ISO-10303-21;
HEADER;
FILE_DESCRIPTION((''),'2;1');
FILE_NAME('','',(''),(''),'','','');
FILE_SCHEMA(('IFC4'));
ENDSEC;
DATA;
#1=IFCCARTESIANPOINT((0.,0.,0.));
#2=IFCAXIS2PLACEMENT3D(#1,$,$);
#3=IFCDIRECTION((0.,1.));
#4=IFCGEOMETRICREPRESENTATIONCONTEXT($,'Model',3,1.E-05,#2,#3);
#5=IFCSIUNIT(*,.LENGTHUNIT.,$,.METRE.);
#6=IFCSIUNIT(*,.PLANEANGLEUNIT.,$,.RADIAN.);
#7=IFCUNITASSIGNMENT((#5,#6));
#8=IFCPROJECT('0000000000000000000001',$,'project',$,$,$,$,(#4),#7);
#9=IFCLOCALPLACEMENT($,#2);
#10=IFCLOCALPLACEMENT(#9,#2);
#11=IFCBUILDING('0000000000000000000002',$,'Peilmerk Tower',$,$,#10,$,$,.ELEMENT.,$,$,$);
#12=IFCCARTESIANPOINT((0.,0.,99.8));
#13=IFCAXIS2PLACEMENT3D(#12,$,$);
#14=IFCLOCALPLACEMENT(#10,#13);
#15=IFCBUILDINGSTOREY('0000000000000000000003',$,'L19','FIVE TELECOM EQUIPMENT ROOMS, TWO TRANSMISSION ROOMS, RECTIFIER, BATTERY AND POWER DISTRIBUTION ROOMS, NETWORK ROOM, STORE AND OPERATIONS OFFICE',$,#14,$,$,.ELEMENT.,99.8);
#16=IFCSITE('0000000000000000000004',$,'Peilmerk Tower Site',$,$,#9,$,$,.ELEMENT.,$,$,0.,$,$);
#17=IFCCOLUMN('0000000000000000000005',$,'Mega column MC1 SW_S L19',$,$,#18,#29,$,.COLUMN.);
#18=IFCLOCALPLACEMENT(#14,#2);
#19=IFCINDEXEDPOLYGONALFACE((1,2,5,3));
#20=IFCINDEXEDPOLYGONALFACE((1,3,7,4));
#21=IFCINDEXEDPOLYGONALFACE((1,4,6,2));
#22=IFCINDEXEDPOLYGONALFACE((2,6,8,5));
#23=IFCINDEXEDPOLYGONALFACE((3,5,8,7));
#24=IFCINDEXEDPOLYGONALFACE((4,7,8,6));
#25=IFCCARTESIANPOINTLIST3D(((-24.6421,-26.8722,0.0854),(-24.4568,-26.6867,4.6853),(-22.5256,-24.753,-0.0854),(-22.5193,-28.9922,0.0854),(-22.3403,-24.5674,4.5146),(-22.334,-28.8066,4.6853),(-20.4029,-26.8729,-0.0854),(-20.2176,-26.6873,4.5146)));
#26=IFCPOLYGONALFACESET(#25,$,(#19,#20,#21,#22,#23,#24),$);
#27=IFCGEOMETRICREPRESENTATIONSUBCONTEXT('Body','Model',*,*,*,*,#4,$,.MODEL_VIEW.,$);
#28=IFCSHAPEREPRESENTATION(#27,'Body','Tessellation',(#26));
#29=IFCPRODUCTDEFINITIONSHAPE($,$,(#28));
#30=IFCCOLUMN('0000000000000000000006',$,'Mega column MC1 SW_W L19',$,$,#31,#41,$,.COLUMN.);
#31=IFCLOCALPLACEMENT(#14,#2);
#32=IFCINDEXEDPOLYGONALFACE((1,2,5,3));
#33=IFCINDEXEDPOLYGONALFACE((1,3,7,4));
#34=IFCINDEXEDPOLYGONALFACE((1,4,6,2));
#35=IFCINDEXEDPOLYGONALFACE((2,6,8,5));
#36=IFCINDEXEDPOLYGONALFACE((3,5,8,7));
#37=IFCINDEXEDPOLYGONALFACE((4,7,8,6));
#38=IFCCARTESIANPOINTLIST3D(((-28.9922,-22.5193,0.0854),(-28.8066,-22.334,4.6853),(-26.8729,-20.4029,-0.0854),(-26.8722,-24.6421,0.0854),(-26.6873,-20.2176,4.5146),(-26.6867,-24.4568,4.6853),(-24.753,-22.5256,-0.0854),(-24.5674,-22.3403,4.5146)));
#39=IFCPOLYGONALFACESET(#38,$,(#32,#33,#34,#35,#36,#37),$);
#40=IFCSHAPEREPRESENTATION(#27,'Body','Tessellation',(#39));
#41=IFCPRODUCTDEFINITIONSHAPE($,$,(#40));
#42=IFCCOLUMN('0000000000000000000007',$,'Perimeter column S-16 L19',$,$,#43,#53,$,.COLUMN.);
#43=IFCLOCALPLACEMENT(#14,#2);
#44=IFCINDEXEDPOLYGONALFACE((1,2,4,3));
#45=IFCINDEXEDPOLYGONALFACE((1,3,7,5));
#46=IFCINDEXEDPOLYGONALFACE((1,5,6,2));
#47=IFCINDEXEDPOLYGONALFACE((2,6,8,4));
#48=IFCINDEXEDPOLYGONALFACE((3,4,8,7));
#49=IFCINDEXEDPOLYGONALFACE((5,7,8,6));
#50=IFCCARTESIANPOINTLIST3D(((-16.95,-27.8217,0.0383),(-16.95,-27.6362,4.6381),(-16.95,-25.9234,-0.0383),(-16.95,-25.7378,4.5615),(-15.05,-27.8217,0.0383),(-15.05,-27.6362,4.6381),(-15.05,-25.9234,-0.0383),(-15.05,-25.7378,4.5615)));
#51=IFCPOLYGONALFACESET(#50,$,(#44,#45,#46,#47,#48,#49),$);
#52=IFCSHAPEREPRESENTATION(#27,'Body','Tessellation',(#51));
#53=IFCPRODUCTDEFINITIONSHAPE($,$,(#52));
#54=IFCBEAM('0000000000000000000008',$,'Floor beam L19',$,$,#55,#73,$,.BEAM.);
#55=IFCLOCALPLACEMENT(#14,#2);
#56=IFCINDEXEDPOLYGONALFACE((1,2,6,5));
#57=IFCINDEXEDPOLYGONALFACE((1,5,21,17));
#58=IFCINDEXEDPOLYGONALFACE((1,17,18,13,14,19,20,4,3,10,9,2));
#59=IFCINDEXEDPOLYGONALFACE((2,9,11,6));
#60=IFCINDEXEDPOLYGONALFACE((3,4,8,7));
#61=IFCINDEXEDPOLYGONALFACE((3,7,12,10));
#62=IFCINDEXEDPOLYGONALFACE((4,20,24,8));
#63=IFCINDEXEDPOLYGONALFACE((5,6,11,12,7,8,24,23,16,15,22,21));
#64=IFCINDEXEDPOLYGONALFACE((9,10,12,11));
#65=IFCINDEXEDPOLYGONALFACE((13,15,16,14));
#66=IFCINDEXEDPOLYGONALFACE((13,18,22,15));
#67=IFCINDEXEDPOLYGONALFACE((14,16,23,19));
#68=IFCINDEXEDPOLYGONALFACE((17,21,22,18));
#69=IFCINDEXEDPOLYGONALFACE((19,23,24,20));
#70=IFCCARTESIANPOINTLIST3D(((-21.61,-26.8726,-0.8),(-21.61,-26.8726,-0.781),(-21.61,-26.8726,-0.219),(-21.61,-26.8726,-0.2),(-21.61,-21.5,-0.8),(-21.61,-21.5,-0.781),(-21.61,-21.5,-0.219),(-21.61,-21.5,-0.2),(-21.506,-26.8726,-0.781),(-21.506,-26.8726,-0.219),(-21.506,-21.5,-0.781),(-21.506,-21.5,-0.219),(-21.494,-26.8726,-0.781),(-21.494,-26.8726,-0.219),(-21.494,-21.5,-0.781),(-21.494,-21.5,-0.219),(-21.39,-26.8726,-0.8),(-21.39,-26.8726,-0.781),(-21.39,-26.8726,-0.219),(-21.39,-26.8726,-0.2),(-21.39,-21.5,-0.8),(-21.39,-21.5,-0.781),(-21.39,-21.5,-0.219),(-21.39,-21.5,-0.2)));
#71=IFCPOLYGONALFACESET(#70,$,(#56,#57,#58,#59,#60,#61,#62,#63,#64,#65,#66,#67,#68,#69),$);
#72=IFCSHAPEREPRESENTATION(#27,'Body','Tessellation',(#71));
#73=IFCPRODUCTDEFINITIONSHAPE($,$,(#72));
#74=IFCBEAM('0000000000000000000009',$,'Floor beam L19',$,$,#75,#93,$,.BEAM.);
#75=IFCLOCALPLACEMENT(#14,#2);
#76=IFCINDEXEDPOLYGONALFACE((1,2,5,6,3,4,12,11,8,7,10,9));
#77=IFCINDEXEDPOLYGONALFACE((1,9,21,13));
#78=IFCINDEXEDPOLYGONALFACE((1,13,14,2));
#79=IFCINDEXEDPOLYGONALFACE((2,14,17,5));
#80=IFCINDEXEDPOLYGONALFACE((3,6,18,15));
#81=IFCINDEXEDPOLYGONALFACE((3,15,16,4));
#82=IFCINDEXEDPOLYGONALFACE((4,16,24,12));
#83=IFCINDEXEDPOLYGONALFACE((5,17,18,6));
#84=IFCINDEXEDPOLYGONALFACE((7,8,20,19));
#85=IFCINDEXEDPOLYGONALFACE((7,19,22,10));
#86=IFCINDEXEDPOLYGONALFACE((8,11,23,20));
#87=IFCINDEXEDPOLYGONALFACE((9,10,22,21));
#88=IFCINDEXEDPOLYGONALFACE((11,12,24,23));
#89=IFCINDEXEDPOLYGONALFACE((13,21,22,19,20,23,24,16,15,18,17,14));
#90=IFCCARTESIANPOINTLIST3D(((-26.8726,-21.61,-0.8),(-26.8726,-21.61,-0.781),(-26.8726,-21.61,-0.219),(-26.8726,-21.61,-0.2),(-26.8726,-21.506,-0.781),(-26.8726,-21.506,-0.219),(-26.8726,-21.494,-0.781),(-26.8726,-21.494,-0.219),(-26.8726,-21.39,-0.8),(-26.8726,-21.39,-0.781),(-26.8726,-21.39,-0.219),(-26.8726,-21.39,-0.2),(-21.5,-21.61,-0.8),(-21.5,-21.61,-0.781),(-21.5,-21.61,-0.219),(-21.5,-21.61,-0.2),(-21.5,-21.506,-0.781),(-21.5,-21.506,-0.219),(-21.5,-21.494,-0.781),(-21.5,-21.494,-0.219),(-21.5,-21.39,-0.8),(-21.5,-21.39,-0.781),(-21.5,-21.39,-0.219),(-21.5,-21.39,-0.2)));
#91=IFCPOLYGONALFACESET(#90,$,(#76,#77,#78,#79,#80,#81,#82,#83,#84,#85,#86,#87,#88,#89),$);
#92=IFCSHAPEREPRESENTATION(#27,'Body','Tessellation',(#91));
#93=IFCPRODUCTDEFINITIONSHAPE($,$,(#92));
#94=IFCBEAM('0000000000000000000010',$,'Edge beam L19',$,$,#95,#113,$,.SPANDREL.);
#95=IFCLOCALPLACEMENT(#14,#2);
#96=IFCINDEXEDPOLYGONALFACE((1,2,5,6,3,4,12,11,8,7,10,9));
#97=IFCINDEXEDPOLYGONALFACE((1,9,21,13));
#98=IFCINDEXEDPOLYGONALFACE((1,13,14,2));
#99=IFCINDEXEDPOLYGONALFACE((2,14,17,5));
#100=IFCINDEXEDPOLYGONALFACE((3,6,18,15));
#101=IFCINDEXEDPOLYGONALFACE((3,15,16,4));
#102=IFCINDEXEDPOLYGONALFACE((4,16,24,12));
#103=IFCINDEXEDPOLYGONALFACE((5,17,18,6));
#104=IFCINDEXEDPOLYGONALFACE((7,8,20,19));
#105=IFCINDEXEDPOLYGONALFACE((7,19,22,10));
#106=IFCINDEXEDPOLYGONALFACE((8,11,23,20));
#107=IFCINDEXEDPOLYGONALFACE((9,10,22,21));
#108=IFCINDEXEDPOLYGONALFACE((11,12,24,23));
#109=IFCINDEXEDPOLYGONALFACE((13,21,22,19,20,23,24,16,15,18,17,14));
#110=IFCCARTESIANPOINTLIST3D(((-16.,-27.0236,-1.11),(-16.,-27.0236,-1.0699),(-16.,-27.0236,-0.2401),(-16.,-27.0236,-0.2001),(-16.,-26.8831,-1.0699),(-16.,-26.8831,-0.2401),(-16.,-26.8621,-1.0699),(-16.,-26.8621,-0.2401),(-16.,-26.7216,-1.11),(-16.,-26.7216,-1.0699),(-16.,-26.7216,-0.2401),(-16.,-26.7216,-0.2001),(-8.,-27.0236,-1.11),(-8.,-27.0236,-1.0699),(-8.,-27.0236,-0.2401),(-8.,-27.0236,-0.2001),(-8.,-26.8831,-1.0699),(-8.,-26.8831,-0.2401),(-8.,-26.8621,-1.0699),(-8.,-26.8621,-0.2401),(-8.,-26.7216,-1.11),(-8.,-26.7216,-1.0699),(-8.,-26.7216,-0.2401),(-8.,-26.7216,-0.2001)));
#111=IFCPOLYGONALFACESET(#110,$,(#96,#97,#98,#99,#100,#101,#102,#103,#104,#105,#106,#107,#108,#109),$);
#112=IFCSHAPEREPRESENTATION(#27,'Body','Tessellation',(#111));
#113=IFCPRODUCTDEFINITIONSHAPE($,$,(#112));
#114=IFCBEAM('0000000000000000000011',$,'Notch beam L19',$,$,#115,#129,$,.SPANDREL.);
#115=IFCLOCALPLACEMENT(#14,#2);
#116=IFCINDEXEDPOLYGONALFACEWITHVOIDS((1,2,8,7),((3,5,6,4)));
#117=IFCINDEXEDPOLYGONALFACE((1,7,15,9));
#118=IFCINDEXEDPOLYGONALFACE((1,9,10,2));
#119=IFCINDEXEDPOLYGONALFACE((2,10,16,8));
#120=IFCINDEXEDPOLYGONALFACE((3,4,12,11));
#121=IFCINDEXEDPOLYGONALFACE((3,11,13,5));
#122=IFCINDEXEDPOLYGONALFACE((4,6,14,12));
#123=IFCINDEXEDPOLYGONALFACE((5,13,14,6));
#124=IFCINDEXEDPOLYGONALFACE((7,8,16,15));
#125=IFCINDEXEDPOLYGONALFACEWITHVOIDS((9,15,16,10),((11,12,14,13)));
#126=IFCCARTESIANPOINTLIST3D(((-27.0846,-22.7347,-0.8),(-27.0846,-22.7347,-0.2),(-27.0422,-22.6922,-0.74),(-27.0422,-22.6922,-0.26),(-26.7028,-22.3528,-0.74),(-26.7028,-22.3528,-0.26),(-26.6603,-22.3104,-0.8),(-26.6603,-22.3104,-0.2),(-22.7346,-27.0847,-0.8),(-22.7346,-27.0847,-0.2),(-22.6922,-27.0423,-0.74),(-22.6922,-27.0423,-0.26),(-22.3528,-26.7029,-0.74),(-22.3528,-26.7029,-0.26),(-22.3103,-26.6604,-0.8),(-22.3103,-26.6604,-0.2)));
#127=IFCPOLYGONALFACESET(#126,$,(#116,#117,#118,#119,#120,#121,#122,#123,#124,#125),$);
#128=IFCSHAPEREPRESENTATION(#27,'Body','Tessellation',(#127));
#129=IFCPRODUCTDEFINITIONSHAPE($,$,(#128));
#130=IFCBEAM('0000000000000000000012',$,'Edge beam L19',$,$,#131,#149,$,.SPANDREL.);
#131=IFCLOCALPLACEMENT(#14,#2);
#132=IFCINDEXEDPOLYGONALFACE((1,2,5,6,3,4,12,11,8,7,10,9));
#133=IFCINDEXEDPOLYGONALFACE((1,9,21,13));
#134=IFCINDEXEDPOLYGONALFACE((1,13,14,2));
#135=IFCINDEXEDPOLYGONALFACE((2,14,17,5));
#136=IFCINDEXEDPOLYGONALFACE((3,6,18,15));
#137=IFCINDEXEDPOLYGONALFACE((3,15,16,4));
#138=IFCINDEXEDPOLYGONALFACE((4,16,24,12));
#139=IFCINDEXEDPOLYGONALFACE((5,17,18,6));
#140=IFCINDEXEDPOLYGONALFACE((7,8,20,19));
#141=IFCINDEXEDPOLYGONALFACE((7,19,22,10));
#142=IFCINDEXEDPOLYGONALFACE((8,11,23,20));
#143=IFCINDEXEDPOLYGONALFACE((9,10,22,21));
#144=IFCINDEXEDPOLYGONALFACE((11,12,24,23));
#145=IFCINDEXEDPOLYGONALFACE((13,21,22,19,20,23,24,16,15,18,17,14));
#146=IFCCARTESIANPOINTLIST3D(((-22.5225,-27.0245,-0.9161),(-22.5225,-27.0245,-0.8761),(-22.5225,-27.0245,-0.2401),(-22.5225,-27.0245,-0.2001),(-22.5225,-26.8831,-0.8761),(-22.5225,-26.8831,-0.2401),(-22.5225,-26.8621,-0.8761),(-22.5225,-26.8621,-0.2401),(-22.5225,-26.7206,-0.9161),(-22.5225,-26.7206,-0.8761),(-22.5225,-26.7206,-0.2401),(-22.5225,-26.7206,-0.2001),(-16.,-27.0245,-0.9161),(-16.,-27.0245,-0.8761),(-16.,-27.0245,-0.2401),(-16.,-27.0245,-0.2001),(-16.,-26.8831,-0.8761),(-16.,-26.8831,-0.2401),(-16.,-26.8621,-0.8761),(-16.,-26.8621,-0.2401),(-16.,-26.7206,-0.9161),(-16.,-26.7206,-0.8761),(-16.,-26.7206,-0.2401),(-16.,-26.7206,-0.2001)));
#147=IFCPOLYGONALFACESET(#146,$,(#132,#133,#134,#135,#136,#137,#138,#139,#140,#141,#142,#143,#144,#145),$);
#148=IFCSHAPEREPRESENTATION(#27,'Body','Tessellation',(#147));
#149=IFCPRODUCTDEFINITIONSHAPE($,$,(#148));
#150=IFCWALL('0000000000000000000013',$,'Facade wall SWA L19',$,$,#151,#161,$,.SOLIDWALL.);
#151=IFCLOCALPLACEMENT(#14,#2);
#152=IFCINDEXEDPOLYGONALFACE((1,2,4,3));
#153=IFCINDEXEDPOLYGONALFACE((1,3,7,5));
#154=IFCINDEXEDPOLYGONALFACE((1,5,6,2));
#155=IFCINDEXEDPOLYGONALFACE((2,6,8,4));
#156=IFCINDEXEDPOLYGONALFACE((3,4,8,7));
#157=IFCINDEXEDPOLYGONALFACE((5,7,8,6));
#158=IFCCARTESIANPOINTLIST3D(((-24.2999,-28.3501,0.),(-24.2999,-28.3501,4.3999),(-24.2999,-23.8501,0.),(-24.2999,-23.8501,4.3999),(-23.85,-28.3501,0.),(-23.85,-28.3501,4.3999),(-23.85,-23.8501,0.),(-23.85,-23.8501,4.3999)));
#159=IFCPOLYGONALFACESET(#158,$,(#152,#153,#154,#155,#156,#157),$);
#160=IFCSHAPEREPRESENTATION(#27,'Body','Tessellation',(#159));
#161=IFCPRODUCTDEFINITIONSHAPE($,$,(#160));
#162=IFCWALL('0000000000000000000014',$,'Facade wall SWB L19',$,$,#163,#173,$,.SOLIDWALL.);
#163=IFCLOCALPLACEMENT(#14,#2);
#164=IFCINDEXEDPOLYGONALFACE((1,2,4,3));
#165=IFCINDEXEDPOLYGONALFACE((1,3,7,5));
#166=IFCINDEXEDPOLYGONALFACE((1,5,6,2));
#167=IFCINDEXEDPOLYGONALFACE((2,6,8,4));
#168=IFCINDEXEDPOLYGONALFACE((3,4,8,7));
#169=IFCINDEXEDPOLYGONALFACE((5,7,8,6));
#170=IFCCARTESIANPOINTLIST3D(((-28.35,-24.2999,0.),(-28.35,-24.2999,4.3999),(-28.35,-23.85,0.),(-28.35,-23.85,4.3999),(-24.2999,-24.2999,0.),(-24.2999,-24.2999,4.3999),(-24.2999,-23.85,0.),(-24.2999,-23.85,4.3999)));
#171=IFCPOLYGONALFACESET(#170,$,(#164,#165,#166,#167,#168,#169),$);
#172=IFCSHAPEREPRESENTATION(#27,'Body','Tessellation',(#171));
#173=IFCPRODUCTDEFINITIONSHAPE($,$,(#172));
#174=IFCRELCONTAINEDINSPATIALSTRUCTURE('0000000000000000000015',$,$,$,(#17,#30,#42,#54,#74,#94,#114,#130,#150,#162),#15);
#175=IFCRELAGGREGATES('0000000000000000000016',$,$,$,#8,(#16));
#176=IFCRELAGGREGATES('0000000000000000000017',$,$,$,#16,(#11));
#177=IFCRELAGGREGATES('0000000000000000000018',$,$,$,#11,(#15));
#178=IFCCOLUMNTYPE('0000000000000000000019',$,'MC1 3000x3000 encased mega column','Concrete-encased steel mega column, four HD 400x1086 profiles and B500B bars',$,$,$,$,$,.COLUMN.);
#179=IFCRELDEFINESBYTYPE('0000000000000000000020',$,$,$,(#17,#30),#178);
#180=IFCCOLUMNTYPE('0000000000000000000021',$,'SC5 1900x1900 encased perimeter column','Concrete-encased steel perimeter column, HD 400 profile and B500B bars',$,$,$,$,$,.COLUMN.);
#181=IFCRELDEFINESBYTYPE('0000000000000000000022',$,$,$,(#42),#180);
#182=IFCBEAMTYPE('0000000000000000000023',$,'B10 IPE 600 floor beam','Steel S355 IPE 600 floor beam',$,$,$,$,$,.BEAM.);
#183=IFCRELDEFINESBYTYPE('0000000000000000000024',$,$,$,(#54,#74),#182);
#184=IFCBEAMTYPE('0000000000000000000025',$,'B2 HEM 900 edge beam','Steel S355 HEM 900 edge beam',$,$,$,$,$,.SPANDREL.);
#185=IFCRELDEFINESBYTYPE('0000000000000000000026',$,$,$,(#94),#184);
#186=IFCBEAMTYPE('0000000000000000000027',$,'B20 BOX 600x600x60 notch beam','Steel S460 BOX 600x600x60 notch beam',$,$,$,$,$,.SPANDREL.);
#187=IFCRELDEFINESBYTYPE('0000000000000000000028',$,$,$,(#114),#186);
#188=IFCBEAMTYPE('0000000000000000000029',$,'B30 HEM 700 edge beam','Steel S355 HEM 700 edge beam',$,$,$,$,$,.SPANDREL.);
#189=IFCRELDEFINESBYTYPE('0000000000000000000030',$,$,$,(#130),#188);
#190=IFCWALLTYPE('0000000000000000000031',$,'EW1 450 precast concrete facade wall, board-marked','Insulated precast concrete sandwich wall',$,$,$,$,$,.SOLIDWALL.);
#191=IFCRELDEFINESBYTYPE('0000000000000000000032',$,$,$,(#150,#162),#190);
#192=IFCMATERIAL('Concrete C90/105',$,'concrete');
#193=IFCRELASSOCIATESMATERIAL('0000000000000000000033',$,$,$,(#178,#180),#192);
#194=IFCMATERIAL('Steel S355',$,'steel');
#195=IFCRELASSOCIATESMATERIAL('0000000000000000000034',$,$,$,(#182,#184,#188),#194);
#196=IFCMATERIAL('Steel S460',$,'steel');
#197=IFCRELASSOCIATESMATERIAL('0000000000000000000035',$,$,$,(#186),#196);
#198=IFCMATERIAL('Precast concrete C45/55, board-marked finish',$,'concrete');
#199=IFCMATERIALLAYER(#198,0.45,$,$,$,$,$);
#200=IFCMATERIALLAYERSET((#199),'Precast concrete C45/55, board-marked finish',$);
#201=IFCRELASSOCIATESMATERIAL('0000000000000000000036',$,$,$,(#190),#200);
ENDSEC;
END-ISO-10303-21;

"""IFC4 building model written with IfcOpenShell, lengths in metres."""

from ifc_helpers import new_model, si_unit, direction, frame, frame_2d, origin, origin_2d, place, context, subcontext, project, spatial, rectangle, hollow_rectangle, i_section, extrude, material, layer, layer_set, material_profile, profile_set, type_object, element, save


model = new_model("IFC4")

# Units and contexts
model_context = context("Model", 3, precision=1e-05, world=origin(), true_north=direction((0.0, 1.0)))
body_context = subcontext(model_context, "Body", "Model", "MODEL_VIEW")
ifc_project = project(units=[si_unit("LENGTHUNIT", "METRE"), si_unit("PLANEANGLEUNIT", "RADIAN")], contexts=[model_context])

# Site, building, storey
site_placement = place(None, origin())
site = spatial("IfcSite", under=ifc_project, at=site_placement, Name="Peilmerk Tower Site", CompositionType="ELEMENT", RefElevation=0.0)
building_placement = place(site_placement, origin())
building = spatial("IfcBuilding", under=site, at=building_placement, Name="Peilmerk Tower", CompositionType="ELEMENT")
storey_placement = place(building_placement, frame((0.0, 0.0, 99.8)))
storey = spatial("IfcBuildingStorey", under=building, at=storey_placement, Name="L19", Description="FIVE TELECOM EQUIPMENT ROOMS, TWO TRANSMISSION ROOMS, RECTIFIER, BATTERY AND POWER DISTRIBUTION ROOMS, NETWORK ROOM, STORE AND OPERATIONS OFFICE", CompositionType="ELEMENT", Elevation=99.8)

# Columns
ifc_material_1 = material(Name="Concrete C90/105", Category="concrete")
ifc_material_profile_1 = material_profile(ifc_material_1, rectangle(XDim=3.0, YDim=3.0, at=origin_2d()), Name="RC 3000x3000")
ifc_profile_set_1 = profile_set([ifc_material_profile_1], Name="Concrete C90/105")
column_type_1 = type_object("IfcColumnType", Name="MC1 3000x3000 encased mega column", Description="Concrete-encased steel mega column, four HD 400x1086 profiles and B500B bars", PredefinedType="COLUMN", material=ifc_profile_set_1)
for number, where, z_axis, x_axis, name in (
    (1, (-22.5225, -26.8726, 0.0), (0.040219, 0.040272, 0.998379), (-0.707572, 0.706641, 0.0), "Mega column MC1 SW_S L19"),
    (2, (-26.8726, -22.5225, 0.0), (0.040272, 0.040219, 0.998379), (-0.706641, 0.707572, 0.0), "Mega column MC1 SW_W L19"),
):
    element("IfcColumn", number, at=place(storey_placement, frame(where, z_axis=z_axis, x_axis=x_axis)), inside=storey, type_object=column_type_1, Name=name, PredefinedType="COLUMN", context=body_context, shape_type="SweptSolid", body=[
        extrude(rectangle(XDim=3.0, YDim=3.0, at=origin_2d()), origin(), (0.0, 0.0, 1.0), 4.6074),
    ])
ifc_material_profile_2 = material_profile(ifc_material_1, rectangle(XDim=1.8999, YDim=1.8999, at=origin_2d()), Name="RC 1900x1900")
ifc_profile_set_2 = profile_set([ifc_material_profile_2], Name="Concrete C90/105")
column_type_2 = type_object("IfcColumnType", Name="SC5 1900x1900 encased perimeter column", Description="Concrete-encased steel perimeter column, HD 400 profile and B500B bars", PredefinedType="COLUMN", material=ifc_profile_set_2)
column_placement = place(storey_placement, frame((-16.0, -26.8726, 0.0), z_axis=(0.0, 0.040305, 0.999187), x_axis=(-1.0, 0.0, 0.0)))
element("IfcColumn", 3, at=column_placement, inside=storey, type_object=column_type_2, Name="Perimeter column S-16 L19", PredefinedType="COLUMN", context=body_context, shape_type="SweptSolid", body=[
    extrude(rectangle(XDim=1.8999, YDim=1.8999, at=origin_2d()), origin(), (0.0, 0.0, 1.0), 4.6035),
])

# Beams
ifc_material_2 = material(Name="Steel S355", Category="steel")
ifc_material_profile_3 = material_profile(ifc_material_2, i_section(OverallWidth=0.22, OverallDepth=0.6001, WebThickness=0.012, FlangeThickness=0.019, at=origin_2d()), Name="IPE 600")
ifc_profile_set_3 = profile_set([ifc_material_profile_3], Name="Steel S355")
beam_type_1 = type_object("IfcBeamType", Name="B10 IPE 600 floor beam", Description="Steel S355 IPE 600 floor beam", PredefinedType="BEAM", material=ifc_profile_set_3)
for number, where, z_axis, x_axis, name in (
    (4, (-21.5, -21.5, -0.5), (0.0, -1.0, 0.0), (1.0, 0.0, 0.0), "Floor beam L19"),
    (5, (-21.5, -21.5, -0.5), (-1.0, 0.0, 0.0), (0.0, -1.0, 0.0), "Floor beam L19"),
):
    element("IfcBeam", number, at=place(storey_placement, frame(where, z_axis=z_axis, x_axis=x_axis)), inside=storey, type_object=beam_type_1, Name=name, PredefinedType="BEAM", context=body_context, shape_type="SweptSolid", body=[
        extrude(i_section(OverallWidth=0.22, OverallDepth=0.6001, WebThickness=0.012, FlangeThickness=0.019, at=origin_2d()), origin(), (0.0, 0.0, 1.0), 5.3726),
    ])
ifc_material_profile_4 = material_profile(ifc_material_2, i_section(OverallWidth=0.302, OverallDepth=0.9099, WebThickness=0.021, FlangeThickness=0.04, at=origin_2d()), Name="HEM 900")
ifc_profile_set_4 = profile_set([ifc_material_profile_4], Name="Steel S355")
beam_type_2 = type_object("IfcBeamType", Name="B2 HEM 900 edge beam", Description="Steel S355 HEM 900 edge beam", PredefinedType="SPANDREL", material=ifc_profile_set_4)
beam_1_placement = place(storey_placement, frame((-16.0, -26.8726, -0.655), z_axis=(1.0, 0.0, 0.0), x_axis=(0.0, 1.0, 0.0)))
element("IfcBeam", 6, at=beam_1_placement, inside=storey, type_object=beam_type_2, Name="Edge beam L19", PredefinedType="SPANDREL", context=body_context, shape_type="SweptSolid", body=[
    extrude(i_section(OverallWidth=0.302, OverallDepth=0.9099, WebThickness=0.021, FlangeThickness=0.04, at=origin_2d()), origin(), (0.0, 0.0, 1.0), 8.0),
])
ifc_material_3 = material(Name="Steel S460", Category="steel")
ifc_material_profile_5 = material_profile(ifc_material_3, hollow_rectangle(XDim=0.6001, YDim=0.6001, WallThickness=0.0601, at=origin_2d()), Name="BOX 600x600x60")
ifc_profile_set_5 = profile_set([ifc_material_profile_5], Name="Steel S460")
beam_type_3 = type_object("IfcBeamType", Name="B20 BOX 600x600x60 notch beam", Description="Steel S460 BOX 600x600x60 notch beam", PredefinedType="SPANDREL", material=ifc_profile_set_5)
beam_2_placement = place(storey_placement, frame((-22.5225, -26.8726, -0.5), z_axis=(-0.707107, 0.707107, 0.0), x_axis=(-0.707107, -0.707107, 0.0)))
element("IfcBeam", 7, at=beam_2_placement, inside=storey, type_object=beam_type_3, Name="Notch beam L19", PredefinedType="SPANDREL", context=body_context, shape_type="SweptSolid", body=[
    extrude(hollow_rectangle(XDim=0.6001, YDim=0.6001, WallThickness=0.0601, at=origin_2d()), origin(), (0.0, 0.0, 1.0), 6.1519),
])
ifc_material_profile_6 = material_profile(ifc_material_2, i_section(OverallWidth=0.304, OverallDepth=0.7161, WebThickness=0.021, FlangeThickness=0.04, at=origin_2d()), Name="HEM 700")
ifc_profile_set_6 = profile_set([ifc_material_profile_6], Name="Steel S355")
beam_type_4 = type_object("IfcBeamType", Name="B30 HEM 700 edge beam", Description="Steel S355 HEM 700 edge beam", PredefinedType="SPANDREL", material=ifc_profile_set_6)
beam_3_placement = place(storey_placement, frame((-22.5225, -26.8726, -0.5581), z_axis=(1.0, 0.0, 0.0), x_axis=(0.0, 1.0, 0.0)))
element("IfcBeam", 8, at=beam_3_placement, inside=storey, type_object=beam_type_4, Name="Edge beam L19", PredefinedType="SPANDREL", context=body_context, shape_type="SweptSolid", body=[
    extrude(i_section(OverallWidth=0.304, OverallDepth=0.7161, WebThickness=0.021, FlangeThickness=0.04, at=origin_2d()), origin(), (0.0, 0.0, 1.0), 6.5225),
])

# Shared definitions
ifc_material_4 = material(Name="Precast concrete C45/55, board-marked finish", Category="concrete")
ifc_layer = layer(ifc_material_4, 0.45)
ifc_layer_set = layer_set([ifc_layer], Name="Precast concrete C45/55, board-marked finish")
wall_type = type_object("IfcWallType", Name="EW1 450 precast concrete facade wall, board-marked", Description="Insulated precast concrete sandwich wall", PredefinedType="SOLIDWALL", material=ifc_layer_set)

# Walls
wall_1_placement = place(storey_placement, frame((-24.075, -23.8501, 0.0), z_axis=(0.0, 0.0, 1.0), x_axis=(0.0, -1.0, 0.0)))
element("IfcWall", 9, at=wall_1_placement, inside=storey, type_object=wall_type, Name="Facade wall SWA L19", PredefinedType="SOLIDWALL", context=body_context, shape_type="SweptSolid", body=[
    extrude(rectangle(XDim=4.5, YDim=0.45, at=frame_2d((2.25, 0.0))), origin(), (0.0, 0.0, 1.0), 4.3999),
])
wall_2_placement = place(storey_placement, frame((-24.3, -24.075, 0.0), z_axis=(0.0, 0.0, 1.0), x_axis=(-1.0, 0.0, 0.0)))
element("IfcWall", 10, at=wall_2_placement, inside=storey, type_object=wall_type, Name="Facade wall SWB L19", PredefinedType="SOLIDWALL", context=body_context, shape_type="SweptSolid", body=[
    extrude(rectangle(XDim=4.05, YDim=0.45, at=frame_2d((2.0249, 0.0))), origin(), (0.0, 0.0, 1.0), 4.3999),
])

save(model, "model.ifc")
